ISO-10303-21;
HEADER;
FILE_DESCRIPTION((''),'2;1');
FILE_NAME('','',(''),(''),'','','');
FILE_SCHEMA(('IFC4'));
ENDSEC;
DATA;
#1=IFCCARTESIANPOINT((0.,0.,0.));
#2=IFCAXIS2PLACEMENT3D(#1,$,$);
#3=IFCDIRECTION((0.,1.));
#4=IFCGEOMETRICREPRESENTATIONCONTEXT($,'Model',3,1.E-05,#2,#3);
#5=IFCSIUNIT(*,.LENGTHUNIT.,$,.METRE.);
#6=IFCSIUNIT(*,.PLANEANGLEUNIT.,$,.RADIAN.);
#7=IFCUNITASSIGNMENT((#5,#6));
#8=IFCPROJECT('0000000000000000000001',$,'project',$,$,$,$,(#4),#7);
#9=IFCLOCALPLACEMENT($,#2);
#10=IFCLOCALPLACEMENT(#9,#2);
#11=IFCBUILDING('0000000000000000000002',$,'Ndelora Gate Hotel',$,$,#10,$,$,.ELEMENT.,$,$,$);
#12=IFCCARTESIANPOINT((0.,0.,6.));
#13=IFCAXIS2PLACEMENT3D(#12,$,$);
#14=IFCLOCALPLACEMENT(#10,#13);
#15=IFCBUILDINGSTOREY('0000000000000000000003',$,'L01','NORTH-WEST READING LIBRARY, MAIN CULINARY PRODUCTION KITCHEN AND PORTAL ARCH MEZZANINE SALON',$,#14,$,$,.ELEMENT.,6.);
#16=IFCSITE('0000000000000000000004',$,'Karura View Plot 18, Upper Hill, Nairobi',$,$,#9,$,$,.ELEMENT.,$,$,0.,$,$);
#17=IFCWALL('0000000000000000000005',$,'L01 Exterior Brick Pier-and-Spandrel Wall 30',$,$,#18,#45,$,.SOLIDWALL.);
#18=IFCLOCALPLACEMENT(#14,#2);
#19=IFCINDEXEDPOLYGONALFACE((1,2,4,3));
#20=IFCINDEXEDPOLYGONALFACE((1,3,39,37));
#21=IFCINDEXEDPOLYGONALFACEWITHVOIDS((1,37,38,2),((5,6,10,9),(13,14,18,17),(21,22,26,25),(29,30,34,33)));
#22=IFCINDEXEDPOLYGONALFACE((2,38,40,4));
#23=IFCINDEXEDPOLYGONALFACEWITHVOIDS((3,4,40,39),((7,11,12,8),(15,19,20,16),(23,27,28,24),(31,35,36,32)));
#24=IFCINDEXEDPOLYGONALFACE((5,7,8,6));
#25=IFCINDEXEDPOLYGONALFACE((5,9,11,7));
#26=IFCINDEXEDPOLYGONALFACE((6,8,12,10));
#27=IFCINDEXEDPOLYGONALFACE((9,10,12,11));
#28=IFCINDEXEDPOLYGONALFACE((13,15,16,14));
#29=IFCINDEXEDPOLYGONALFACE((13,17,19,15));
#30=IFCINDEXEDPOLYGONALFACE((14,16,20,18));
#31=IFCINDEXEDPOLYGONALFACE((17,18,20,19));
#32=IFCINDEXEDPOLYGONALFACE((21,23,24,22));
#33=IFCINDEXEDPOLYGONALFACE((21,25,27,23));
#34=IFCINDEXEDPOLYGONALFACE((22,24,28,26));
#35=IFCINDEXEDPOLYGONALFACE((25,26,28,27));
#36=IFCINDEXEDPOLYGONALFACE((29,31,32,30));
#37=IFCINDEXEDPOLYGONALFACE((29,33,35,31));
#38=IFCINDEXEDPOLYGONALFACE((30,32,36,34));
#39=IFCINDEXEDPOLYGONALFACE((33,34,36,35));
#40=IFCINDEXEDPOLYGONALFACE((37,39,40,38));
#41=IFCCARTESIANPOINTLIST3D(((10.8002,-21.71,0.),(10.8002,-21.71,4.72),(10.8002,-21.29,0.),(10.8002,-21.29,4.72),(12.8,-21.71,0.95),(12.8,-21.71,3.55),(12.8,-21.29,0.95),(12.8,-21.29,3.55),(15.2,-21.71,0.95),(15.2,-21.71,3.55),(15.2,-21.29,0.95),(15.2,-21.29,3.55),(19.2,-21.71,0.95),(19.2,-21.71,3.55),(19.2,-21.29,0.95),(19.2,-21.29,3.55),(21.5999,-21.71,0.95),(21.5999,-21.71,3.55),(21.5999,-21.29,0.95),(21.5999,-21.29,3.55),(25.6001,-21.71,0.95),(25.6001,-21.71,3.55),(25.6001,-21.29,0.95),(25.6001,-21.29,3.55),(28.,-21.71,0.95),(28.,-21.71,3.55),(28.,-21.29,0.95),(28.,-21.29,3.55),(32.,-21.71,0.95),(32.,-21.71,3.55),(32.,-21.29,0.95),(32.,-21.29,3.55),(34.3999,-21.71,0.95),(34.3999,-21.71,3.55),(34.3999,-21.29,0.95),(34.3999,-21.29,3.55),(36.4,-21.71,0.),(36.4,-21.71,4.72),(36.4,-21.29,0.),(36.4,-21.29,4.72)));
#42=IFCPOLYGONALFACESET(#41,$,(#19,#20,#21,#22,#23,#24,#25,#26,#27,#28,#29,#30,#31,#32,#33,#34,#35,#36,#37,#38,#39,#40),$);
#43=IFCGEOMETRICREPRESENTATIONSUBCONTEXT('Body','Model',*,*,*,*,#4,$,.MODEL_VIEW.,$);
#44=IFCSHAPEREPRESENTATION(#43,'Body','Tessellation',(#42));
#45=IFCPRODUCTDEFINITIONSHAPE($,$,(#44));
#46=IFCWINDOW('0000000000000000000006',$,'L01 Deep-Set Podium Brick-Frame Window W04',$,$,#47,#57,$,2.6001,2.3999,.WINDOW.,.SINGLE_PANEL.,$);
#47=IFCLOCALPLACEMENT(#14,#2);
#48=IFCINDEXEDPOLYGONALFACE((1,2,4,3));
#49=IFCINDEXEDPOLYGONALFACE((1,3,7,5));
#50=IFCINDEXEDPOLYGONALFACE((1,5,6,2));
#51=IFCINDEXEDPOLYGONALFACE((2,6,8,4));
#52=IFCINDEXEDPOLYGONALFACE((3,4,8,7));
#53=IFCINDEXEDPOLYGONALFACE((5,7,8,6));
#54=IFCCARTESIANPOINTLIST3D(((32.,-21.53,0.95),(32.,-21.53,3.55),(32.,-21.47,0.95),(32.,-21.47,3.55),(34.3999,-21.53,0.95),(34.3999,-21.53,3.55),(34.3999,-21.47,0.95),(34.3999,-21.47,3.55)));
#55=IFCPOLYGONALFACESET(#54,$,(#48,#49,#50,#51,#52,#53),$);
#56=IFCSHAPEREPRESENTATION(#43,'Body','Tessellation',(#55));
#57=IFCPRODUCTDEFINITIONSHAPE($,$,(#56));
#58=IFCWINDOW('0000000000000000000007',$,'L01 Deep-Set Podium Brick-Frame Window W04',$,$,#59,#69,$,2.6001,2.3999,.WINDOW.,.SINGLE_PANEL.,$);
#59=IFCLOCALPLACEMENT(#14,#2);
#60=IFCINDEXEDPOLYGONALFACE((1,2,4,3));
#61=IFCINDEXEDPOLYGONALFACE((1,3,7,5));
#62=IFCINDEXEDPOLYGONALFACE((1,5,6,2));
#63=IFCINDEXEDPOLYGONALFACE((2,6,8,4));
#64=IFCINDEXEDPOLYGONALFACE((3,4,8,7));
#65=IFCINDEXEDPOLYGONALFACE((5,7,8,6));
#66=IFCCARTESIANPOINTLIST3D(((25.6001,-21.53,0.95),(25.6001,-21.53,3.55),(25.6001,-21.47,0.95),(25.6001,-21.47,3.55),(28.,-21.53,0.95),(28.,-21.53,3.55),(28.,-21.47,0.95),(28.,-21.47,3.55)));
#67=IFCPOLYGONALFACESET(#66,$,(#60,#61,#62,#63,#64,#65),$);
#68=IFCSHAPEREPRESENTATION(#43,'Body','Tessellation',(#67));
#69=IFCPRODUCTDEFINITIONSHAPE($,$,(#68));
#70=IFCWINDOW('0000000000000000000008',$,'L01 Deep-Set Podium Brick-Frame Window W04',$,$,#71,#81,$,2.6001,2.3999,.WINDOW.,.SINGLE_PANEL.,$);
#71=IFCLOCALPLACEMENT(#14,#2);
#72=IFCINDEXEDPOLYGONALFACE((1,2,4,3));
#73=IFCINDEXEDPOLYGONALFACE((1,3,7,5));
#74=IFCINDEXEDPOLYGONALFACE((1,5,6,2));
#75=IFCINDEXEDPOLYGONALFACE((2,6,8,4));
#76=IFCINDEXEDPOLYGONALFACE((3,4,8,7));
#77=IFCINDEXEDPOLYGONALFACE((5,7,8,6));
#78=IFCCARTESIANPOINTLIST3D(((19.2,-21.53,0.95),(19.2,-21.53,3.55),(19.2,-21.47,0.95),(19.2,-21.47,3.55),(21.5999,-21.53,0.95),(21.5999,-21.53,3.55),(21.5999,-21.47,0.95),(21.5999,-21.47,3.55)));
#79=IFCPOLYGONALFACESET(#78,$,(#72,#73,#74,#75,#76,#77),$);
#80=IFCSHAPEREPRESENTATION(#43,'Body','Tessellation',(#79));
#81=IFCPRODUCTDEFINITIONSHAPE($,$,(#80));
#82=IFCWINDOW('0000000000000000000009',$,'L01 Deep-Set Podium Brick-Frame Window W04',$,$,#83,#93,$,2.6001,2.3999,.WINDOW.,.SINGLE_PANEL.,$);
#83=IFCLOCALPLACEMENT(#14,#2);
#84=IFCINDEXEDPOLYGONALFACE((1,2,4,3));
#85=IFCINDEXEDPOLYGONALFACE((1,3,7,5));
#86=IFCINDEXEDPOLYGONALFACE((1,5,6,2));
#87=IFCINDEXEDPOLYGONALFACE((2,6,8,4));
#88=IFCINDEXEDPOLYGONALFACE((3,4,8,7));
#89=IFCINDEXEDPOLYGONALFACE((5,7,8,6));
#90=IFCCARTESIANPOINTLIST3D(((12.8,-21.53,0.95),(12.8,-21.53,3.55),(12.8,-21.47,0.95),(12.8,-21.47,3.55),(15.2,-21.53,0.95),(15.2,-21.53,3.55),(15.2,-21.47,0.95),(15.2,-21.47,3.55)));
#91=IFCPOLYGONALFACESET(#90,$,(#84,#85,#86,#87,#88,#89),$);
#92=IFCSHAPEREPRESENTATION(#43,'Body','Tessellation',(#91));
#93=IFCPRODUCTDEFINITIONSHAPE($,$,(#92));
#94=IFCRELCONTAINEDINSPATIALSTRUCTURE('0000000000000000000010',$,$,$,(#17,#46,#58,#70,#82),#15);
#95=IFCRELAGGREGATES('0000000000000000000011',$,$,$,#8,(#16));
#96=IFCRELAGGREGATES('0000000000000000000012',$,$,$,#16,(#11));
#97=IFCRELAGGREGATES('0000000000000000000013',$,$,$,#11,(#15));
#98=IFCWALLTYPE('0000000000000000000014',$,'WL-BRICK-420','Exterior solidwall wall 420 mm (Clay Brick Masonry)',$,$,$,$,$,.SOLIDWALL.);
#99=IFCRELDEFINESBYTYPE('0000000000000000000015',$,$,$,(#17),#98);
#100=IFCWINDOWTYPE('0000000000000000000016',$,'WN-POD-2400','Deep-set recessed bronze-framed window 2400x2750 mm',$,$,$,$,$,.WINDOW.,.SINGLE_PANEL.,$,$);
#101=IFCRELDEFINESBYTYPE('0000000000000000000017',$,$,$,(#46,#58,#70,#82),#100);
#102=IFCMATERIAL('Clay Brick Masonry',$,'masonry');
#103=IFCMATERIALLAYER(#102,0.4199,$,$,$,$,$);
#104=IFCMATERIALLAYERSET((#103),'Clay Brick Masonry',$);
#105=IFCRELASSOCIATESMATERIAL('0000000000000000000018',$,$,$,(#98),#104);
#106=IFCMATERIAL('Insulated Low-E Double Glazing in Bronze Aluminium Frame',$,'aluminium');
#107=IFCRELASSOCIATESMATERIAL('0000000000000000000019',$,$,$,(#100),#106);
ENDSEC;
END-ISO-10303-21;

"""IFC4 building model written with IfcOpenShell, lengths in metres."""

from ifc_helpers import new_model, si_unit, direction, frame, frame_2d, origin, place, context, subcontext, project, spatial, rectangle, extrude, material, layer, layer_set, type_object, element, fill, save


model = new_model("IFC4")

# Units and contexts
model_context = context("Model", 3, precision=1e-05, world=origin(), true_north=direction((0.0, 1.0)))
body_context = subcontext(model_context, "Body", "Model", "MODEL_VIEW")
ifc_project = project(units=[si_unit("LENGTHUNIT", "METRE"), si_unit("PLANEANGLEUNIT", "RADIAN")], contexts=[model_context])

# Site, building, storey
site_placement = place(None, origin())
site = spatial("IfcSite", under=ifc_project, at=site_placement, Name="Karura View Plot 18, Upper Hill, Nairobi", CompositionType="ELEMENT", RefElevation=0.0)
building_placement = place(site_placement, origin())
building = spatial("IfcBuilding", under=site, at=building_placement, Name="Ndelora Gate Hotel", CompositionType="ELEMENT")
storey_placement = place(building_placement, frame((0.0, 0.0, 6.0)))
storey = spatial("IfcBuildingStorey", under=building, at=storey_placement, Name="L01", Description="NORTH-WEST READING LIBRARY, MAIN CULINARY PRODUCTION KITCHEN AND PORTAL ARCH MEZZANINE SALON", CompositionType="ELEMENT", Elevation=6.0)

# Shared definitions
ifc_material_1 = material(Name="Clay Brick Masonry", Category="masonry")
ifc_layer = layer(ifc_material_1, 0.4199)
ifc_layer_set = layer_set([ifc_layer], Name="Clay Brick Masonry")
wall_type = type_object("IfcWallType", Name="WL-BRICK-420", Description="Exterior solidwall wall 420 mm (Clay Brick Masonry)", PredefinedType="SOLIDWALL", material=ifc_layer_set)

# Wall, openings, windows
wall_1_placement = place(storey_placement, frame((36.3999, -21.5, 0.0), z_axis=(0.0, 0.0, 1.0), x_axis=(-1.0, 0.0, 0.0)))
wall_1 = element("IfcWall", 1, at=wall_1_placement, inside=storey, type_object=wall_type, Name="L01 Exterior Brick Pier-and-Spandrel Wall 30", PredefinedType="SOLIDWALL", context=body_context, shape_type="SweptSolid", body=[
    extrude(rectangle(XDim=25.5999, YDim=0.4199, at=frame_2d((12.7998, 0.0))), origin(), (0.0, 0.0, 1.0), 4.72),
])
opening_1_placement = place(wall_1_placement, frame((2.0, 0.0, 0.95)))
opening_1 = element("IfcOpeningElement", 2, at=opening_1_placement, cuts=wall_1, PredefinedType="OPENING", context=body_context, shape_type="SweptSolid", body=[
    extrude(rectangle(XDim=2.3999, YDim=2.6001, at=frame_2d((1.2, 1.3))), frame((0.0, 0.22, 0.0), z_axis=(0.0, -1.0, 0.0), x_axis=(1.0, 0.0, 0.0)), (0.0, 0.0, 1.0), 0.4399),
])
opening_2_placement = place(wall_1_placement, frame((8.3999, 0.0, 0.95)))
opening_2 = element("IfcOpeningElement", 3, at=opening_2_placement, cuts=wall_1, PredefinedType="OPENING", context=body_context, shape_type="SweptSolid", body=[
    extrude(rectangle(XDim=2.3999, YDim=2.6001, at=frame_2d((1.2, 1.3))), frame((0.0, 0.22, 0.0), z_axis=(0.0, -1.0, 0.0), x_axis=(1.0, 0.0, 0.0)), (0.0, 0.0, 1.0), 0.4399),
])
opening_3_placement = place(wall_1_placement, frame((14.8, 0.0, 0.95)))
opening_3 = element("IfcOpeningElement", 4, at=opening_3_placement, cuts=wall_1, PredefinedType="OPENING", context=body_context, shape_type="SweptSolid", body=[
    extrude(rectangle(XDim=2.3999, YDim=2.6001, at=frame_2d((1.2, 1.3))), frame((0.0, 0.22, 0.0), z_axis=(0.0, -1.0, 0.0), x_axis=(1.0, 0.0, 0.0)), (0.0, 0.0, 1.0), 0.4399),
])
opening_4_placement = place(wall_1_placement, frame((21.2, 0.0, 0.95)))
opening_4 = element("IfcOpeningElement", 5, at=opening_4_placement, cuts=wall_1, PredefinedType="OPENING", context=body_context, shape_type="SweptSolid", body=[
    extrude(rectangle(XDim=2.3999, YDim=2.6001, at=frame_2d((1.2, 1.3))), frame((0.0, 0.22, 0.0), z_axis=(0.0, -1.0, 0.0), x_axis=(1.0, 0.0, 0.0)), (0.0, 0.0, 1.0), 0.4399),
])
ifc_material_2 = material(Name="Insulated Low-E Double Glazing in Bronze Aluminium Frame", Category="aluminium")
window_type = type_object("IfcWindowType", Name="WN-POD-2400", Description="Deep-set recessed bronze-framed window 2400x2750 mm", PartitioningType="SINGLE_PANEL", PredefinedType="WINDOW", material=ifc_material_2)
window_1_placement = place(opening_1_placement, origin())
window_1 = element("IfcWindow", 6, at=window_1_placement, inside=storey, type_object=window_type, Name="L01 Deep-Set Podium Brick-Frame Window W04", OverallHeight=2.6001, OverallWidth=2.3999, PartitioningType="SINGLE_PANEL", PredefinedType="WINDOW", context=body_context, shape_type="SweptSolid", body=[
    extrude(rectangle(XDim=2.3999, YDim=2.6001, at=frame_2d((1.2, 1.3))), frame((0.0, 0.03, 0.0), z_axis=(0.0, -1.0, 0.0), x_axis=(1.0, 0.0, 0.0)), (0.0, 0.0, 1.0), 0.0601),
])
fill(opening_1, window_1)
window_2_placement = place(opening_2_placement, origin())
window_2 = element("IfcWindow", 7, at=window_2_placement, inside=storey, type_object=window_type, Name="L01 Deep-Set Podium Brick-Frame Window W04", OverallHeight=2.6001, OverallWidth=2.3999, PartitioningType="SINGLE_PANEL", PredefinedType="WINDOW", context=body_context, shape_type="SweptSolid", body=[
    extrude(rectangle(XDim=2.3999, YDim=2.6001, at=frame_2d((1.2, 1.3))), frame((0.0, 0.03, 0.0), z_axis=(0.0, -1.0, 0.0), x_axis=(1.0, 0.0, 0.0)), (0.0, 0.0, 1.0), 0.0601),
])
fill(opening_2, window_2)
window_3_placement = place(opening_3_placement, origin())
window_3 = element("IfcWindow", 8, at=window_3_placement, inside=storey, type_object=window_type, Name="L01 Deep-Set Podium Brick-Frame Window W04", OverallHeight=2.6001, OverallWidth=2.3999, PartitioningType="SINGLE_PANEL", PredefinedType="WINDOW", context=body_context, shape_type="SweptSolid", body=[
    extrude(rectangle(XDim=2.3999, YDim=2.6001, at=frame_2d((1.2, 1.3))), frame((0.0, 0.03, 0.0), z_axis=(0.0, -1.0, 0.0), x_axis=(1.0, 0.0, 0.0)), (0.0, 0.0, 1.0), 0.0601),
])
fill(opening_3, window_3)
window_4_placement = place(opening_4_placement, origin())
window_4 = element("IfcWindow", 9, at=window_4_placement, inside=storey, type_object=window_type, Name="L01 Deep-Set Podium Brick-Frame Window W04", OverallHeight=2.6001, OverallWidth=2.3999, PartitioningType="SINGLE_PANEL", PredefinedType="WINDOW", context=body_context, shape_type="SweptSolid", body=[
    extrude(rectangle(XDim=2.3999, YDim=2.6001, at=frame_2d((1.2, 1.3))), frame((0.0, 0.03, 0.0), z_axis=(0.0, -1.0, 0.0), x_axis=(1.0, 0.0, 0.0)), (0.0, 0.0, 1.0), 0.0601),
])
fill(opening_4, window_4)

save(model, "model.ifc")
